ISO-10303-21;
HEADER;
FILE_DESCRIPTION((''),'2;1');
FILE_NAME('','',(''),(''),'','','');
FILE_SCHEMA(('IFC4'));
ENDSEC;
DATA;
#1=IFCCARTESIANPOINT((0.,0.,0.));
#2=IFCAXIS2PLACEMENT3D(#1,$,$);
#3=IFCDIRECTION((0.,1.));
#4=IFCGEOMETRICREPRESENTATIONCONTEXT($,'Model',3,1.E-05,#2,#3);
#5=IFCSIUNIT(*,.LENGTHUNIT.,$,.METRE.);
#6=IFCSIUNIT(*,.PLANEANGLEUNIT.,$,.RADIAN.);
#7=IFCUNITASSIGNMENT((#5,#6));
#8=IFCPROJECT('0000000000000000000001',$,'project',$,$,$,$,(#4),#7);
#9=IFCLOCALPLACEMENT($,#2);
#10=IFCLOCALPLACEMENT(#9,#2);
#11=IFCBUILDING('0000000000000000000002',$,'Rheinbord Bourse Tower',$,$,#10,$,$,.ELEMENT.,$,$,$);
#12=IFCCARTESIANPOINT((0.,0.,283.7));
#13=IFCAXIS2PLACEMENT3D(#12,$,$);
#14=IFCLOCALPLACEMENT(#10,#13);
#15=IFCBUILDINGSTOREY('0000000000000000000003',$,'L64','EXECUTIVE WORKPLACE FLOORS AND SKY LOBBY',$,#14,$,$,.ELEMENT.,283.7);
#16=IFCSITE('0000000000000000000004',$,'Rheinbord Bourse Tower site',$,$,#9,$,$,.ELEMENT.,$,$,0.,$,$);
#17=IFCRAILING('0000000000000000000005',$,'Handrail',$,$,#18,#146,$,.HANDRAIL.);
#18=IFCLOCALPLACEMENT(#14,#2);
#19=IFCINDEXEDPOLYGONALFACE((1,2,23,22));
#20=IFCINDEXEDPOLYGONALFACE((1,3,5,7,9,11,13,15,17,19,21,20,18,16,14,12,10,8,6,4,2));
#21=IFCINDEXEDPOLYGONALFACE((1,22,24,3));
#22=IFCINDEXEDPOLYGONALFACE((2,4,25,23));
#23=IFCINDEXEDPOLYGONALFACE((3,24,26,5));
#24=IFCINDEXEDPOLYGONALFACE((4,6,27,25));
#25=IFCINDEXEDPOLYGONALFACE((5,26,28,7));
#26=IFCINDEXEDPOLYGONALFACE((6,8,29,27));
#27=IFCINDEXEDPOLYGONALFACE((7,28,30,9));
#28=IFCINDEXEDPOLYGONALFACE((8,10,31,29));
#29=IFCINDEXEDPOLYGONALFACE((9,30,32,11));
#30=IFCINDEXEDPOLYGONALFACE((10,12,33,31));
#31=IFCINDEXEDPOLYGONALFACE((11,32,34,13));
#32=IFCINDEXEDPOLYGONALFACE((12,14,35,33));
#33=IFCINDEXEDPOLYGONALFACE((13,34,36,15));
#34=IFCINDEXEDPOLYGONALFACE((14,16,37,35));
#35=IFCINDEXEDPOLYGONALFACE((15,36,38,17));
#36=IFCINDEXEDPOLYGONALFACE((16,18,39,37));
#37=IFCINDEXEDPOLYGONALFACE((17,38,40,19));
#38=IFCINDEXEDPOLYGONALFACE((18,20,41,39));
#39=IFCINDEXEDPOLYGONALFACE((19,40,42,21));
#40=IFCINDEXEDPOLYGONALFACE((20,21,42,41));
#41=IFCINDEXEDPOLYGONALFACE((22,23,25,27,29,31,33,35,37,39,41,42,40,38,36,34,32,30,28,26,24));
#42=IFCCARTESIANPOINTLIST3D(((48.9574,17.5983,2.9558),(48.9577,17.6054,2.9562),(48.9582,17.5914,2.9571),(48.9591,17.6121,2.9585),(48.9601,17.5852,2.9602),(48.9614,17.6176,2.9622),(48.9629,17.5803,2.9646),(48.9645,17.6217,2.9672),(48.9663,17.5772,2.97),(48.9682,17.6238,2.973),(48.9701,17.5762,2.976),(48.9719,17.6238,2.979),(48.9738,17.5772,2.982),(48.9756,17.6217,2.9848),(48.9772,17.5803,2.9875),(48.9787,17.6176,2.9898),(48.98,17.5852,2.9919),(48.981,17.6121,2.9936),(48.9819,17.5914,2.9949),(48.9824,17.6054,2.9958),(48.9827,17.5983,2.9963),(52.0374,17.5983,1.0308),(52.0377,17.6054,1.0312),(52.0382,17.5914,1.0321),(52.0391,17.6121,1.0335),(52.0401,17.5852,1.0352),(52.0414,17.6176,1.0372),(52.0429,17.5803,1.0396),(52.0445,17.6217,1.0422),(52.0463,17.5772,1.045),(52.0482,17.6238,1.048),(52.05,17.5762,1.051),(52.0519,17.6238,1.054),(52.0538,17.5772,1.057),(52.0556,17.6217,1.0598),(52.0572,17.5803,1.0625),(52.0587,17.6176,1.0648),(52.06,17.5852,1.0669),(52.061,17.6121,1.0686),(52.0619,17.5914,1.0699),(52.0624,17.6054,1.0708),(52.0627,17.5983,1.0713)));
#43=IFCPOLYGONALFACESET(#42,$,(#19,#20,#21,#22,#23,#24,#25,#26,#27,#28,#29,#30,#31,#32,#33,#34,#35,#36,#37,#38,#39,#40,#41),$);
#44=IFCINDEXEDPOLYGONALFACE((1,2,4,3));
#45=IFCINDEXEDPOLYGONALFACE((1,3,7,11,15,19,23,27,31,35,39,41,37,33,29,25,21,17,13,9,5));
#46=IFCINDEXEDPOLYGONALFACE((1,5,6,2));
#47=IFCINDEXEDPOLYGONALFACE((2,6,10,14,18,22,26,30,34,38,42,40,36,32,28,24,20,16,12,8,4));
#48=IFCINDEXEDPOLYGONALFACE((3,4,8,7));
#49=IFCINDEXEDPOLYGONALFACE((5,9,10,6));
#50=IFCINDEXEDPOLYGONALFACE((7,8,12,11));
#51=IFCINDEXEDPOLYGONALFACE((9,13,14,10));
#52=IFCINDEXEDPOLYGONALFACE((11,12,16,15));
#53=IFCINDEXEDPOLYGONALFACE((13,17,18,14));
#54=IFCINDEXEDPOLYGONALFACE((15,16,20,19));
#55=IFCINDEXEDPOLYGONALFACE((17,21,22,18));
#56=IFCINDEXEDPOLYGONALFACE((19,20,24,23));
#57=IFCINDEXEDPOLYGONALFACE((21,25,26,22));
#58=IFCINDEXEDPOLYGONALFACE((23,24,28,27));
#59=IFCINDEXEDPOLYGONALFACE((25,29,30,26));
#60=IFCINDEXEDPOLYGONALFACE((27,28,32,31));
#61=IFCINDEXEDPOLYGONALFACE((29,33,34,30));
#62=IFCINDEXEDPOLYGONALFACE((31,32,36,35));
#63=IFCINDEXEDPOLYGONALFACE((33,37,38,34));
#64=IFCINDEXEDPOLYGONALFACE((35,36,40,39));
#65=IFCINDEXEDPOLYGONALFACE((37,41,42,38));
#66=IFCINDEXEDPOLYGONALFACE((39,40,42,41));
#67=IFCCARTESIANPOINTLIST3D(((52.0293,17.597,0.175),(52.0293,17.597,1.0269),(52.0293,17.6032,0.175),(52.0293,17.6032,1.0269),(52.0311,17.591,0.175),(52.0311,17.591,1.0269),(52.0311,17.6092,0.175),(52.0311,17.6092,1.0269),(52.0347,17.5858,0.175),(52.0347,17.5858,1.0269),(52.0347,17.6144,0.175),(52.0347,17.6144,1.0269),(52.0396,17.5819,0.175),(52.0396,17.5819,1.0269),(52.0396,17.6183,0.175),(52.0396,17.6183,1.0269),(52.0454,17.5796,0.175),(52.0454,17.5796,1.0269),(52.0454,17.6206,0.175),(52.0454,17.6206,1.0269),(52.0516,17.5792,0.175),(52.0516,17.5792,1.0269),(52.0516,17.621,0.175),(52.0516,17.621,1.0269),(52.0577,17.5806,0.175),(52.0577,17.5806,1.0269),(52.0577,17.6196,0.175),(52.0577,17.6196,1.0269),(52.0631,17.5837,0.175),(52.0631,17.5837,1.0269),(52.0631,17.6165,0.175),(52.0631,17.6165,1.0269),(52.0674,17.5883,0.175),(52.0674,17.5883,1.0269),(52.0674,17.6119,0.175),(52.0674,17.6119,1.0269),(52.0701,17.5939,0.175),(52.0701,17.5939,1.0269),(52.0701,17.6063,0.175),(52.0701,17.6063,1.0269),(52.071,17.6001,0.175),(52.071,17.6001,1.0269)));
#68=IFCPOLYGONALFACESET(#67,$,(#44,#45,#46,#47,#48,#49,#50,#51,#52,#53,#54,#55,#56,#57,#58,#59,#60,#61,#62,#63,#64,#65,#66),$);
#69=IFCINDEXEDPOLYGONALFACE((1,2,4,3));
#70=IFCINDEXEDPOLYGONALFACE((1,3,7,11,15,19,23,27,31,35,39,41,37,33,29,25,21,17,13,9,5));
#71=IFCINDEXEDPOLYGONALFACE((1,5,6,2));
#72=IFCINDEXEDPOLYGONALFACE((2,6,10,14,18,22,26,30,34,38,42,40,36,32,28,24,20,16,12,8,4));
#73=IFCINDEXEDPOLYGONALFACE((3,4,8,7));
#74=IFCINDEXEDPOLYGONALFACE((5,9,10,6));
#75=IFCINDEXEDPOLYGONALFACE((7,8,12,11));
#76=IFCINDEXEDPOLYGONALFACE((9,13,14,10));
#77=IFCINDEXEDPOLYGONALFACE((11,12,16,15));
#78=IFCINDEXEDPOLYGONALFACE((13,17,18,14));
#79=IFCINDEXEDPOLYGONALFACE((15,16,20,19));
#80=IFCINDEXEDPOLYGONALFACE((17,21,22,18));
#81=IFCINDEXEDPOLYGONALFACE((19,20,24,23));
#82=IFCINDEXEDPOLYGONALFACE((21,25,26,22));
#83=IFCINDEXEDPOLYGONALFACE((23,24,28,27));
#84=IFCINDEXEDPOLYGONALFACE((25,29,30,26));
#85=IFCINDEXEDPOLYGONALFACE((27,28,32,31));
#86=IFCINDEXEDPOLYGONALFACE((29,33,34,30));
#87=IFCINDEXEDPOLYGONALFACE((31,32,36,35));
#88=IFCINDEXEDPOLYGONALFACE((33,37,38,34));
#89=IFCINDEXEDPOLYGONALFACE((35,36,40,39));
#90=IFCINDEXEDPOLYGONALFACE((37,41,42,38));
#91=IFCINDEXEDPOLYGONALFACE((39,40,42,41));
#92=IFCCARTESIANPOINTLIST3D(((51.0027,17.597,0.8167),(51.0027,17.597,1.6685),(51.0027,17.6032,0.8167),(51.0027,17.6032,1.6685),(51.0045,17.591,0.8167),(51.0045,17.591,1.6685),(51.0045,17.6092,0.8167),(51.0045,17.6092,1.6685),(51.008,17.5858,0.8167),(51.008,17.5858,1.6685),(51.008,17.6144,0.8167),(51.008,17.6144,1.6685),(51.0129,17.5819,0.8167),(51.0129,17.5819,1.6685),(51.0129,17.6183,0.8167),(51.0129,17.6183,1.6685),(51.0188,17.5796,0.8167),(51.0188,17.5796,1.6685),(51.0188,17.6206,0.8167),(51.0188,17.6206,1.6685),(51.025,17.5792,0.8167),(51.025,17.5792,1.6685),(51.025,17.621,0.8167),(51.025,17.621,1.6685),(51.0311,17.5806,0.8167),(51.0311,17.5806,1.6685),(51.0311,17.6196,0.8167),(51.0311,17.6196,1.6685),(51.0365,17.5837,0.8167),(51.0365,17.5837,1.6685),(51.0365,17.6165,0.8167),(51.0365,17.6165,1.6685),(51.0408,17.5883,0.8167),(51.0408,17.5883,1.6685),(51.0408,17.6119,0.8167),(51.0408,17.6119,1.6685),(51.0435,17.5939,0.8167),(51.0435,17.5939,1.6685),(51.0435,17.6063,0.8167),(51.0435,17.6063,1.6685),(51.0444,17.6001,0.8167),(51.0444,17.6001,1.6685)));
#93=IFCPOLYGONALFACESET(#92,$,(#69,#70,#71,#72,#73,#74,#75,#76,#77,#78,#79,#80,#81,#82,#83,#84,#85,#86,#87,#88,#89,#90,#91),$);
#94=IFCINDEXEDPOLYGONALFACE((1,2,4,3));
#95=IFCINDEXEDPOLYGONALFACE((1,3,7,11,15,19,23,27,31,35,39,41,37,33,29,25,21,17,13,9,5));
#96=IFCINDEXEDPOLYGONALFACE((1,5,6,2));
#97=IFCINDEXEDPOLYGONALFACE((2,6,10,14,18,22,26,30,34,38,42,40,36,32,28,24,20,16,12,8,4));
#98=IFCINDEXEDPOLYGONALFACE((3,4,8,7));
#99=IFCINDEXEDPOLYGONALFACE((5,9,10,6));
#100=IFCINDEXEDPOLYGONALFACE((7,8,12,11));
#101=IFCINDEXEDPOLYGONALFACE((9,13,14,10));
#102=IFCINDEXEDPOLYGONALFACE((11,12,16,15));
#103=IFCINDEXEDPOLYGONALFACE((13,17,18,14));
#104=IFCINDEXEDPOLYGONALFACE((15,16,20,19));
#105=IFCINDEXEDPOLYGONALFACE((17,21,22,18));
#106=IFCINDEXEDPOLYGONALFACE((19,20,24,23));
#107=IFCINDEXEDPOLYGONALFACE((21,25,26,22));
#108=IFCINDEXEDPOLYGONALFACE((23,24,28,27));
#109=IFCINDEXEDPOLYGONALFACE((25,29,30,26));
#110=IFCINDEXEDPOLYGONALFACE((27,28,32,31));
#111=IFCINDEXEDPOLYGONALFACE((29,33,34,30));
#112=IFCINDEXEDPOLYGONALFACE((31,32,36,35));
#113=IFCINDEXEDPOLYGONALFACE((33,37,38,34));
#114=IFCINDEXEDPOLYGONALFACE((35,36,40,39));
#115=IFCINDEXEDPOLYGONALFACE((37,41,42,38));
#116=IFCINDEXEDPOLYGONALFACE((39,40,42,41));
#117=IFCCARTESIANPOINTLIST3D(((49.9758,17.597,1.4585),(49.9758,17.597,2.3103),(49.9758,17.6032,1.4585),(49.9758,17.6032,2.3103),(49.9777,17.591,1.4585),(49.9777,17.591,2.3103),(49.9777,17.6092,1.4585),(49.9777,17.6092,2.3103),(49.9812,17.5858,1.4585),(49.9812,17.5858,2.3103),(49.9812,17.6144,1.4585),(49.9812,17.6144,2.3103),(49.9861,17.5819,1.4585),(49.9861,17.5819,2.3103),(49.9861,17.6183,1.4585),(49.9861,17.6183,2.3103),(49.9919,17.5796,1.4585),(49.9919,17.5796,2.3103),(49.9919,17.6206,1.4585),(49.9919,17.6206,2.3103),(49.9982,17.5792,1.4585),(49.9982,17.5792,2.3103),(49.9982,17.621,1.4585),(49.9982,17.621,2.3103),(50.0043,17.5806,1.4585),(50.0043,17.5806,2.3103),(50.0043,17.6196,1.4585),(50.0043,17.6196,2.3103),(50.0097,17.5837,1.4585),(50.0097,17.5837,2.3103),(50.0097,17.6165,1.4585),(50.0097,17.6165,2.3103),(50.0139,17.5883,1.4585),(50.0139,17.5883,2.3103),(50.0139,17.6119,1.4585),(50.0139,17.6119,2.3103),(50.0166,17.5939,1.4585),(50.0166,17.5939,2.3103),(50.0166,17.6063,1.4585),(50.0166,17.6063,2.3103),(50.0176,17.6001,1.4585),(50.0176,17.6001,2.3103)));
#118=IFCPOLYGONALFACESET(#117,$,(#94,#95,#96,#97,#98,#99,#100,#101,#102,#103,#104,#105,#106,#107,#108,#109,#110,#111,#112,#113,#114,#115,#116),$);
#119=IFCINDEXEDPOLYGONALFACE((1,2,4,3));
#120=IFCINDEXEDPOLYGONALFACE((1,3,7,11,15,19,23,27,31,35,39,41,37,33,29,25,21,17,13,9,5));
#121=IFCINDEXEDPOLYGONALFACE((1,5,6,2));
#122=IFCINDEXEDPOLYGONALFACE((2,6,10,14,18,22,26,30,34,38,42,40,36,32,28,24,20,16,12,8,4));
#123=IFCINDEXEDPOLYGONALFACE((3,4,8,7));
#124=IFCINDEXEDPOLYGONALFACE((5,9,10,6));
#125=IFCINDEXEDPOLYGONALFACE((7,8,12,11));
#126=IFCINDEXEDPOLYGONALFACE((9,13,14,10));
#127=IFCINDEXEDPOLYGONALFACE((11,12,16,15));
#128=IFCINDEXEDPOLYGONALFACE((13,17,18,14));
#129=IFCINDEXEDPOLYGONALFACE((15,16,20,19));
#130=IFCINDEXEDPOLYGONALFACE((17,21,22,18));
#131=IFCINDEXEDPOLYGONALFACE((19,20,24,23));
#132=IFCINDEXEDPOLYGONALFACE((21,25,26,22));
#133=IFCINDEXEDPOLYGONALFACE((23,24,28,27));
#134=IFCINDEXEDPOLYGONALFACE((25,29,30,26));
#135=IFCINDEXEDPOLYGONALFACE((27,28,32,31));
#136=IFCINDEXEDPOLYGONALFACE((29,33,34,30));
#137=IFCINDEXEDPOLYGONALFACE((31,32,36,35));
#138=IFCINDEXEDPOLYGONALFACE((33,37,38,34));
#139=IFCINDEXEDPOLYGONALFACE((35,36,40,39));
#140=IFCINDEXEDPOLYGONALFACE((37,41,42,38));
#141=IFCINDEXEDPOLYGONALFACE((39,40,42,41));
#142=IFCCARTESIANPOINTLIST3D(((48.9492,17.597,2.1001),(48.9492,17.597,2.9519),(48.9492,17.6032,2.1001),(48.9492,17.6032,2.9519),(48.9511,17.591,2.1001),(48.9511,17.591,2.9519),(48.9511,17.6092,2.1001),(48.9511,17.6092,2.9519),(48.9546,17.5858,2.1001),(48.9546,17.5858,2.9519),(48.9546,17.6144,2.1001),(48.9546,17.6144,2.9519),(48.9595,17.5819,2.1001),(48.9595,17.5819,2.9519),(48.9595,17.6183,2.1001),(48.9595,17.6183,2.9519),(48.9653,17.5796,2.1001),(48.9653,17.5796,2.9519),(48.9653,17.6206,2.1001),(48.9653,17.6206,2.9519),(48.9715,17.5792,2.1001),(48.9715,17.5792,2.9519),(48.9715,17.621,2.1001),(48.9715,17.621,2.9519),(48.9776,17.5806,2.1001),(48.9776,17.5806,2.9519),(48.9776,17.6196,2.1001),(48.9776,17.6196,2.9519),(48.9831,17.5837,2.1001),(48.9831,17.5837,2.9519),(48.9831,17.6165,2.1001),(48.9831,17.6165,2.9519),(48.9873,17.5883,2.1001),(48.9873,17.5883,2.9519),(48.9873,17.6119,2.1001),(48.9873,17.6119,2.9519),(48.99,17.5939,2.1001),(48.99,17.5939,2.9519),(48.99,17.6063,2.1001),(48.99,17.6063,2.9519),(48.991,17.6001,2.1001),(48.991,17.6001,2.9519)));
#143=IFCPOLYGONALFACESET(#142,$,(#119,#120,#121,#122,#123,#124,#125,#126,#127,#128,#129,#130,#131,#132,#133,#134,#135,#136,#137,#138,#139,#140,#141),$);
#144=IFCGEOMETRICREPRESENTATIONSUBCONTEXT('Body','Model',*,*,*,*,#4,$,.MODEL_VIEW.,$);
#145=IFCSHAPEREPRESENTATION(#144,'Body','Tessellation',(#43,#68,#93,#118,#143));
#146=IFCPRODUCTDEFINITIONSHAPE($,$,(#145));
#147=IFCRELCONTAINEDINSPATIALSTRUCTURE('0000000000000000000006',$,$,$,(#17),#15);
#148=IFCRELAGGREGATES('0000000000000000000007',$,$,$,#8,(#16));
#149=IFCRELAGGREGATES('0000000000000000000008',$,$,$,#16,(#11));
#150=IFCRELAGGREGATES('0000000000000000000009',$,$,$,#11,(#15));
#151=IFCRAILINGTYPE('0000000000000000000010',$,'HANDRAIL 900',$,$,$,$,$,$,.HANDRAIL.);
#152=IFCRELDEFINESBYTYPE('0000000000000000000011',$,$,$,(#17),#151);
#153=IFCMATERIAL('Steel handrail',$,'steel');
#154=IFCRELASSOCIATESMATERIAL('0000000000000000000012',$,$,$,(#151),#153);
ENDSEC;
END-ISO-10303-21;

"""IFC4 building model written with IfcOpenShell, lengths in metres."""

from ifc_helpers import new_model, si_unit, direction, frame, origin, origin_2d, place, context, subcontext, project, spatial, circle, extrude, material, type_object, element, save


model = new_model("IFC4")

# Units and contexts
model_context = context("Model", 3, precision=1e-05, world=origin(), true_north=direction((0.0, 1.0)))
body_context = subcontext(model_context, "Body", "Model", "MODEL_VIEW")
ifc_project = project(units=[si_unit("LENGTHUNIT", "METRE"), si_unit("PLANEANGLEUNIT", "RADIAN")], contexts=[model_context])

# Site, building, storey
site_placement = place(None, origin())
site = spatial("IfcSite", under=ifc_project, at=site_placement, Name="Rheinbord Bourse Tower site", CompositionType="ELEMENT", RefElevation=0.0)
building_placement = place(site_placement, origin())
building = spatial("IfcBuilding", under=site, at=building_placement, Name="Rheinbord Bourse Tower", CompositionType="ELEMENT")
storey_placement = place(building_placement, frame((0.0, 0.0, 283.7)))
storey = spatial("IfcBuildingStorey", under=building, at=storey_placement, Name="L64", Description="EXECUTIVE WORKPLACE FLOORS AND SKY LOBBY", CompositionType="ELEMENT", Elevation=283.7)

# Railing
ifc_material_1 = material(Name="Steel handrail", Category="steel")
railing_type = type_object("IfcRailingType", Name="HANDRAIL 900", PredefinedType="HANDRAIL", material=ifc_material_1)
railing_1_placement = place(storey_placement, frame((52.05, 17.6001, 0.175)))
element("IfcRailing", 1, at=railing_1_placement, inside=storey, type_object=railing_type, Name="Handrail", PredefinedType="HANDRAIL", context=body_context, shape_type="SweptSolid", body=[
    extrude(circle(Radius=0.0239, at=origin_2d()), frame((0.0, 0.0, 0.876), z_axis=(-0.847998, 0.0, 0.529999), x_axis=(0.0, -1.0, 0.0)), (0.0, 0.0, 1.0), 3.6321),
    extrude(circle(Radius=0.021, at=origin_2d()), origin(), (0.0, 0.0, 1.0), 0.8518),
    extrude(circle(Radius=0.021, at=origin_2d()), frame((-1.0266, 0.0, 0.6416)), (0.0, 0.0, 1.0), 0.8518),
    extrude(circle(Radius=0.021, at=origin_2d()), frame((-2.0535, 0.0, 1.2834)), (0.0, 0.0, 1.0), 0.8518),
    extrude(circle(Radius=0.021, at=origin_2d()), frame((-3.0801, 0.0, 1.925)), (0.0, 0.0, 1.0), 0.8518),
])

save(model, "model.ifc")
